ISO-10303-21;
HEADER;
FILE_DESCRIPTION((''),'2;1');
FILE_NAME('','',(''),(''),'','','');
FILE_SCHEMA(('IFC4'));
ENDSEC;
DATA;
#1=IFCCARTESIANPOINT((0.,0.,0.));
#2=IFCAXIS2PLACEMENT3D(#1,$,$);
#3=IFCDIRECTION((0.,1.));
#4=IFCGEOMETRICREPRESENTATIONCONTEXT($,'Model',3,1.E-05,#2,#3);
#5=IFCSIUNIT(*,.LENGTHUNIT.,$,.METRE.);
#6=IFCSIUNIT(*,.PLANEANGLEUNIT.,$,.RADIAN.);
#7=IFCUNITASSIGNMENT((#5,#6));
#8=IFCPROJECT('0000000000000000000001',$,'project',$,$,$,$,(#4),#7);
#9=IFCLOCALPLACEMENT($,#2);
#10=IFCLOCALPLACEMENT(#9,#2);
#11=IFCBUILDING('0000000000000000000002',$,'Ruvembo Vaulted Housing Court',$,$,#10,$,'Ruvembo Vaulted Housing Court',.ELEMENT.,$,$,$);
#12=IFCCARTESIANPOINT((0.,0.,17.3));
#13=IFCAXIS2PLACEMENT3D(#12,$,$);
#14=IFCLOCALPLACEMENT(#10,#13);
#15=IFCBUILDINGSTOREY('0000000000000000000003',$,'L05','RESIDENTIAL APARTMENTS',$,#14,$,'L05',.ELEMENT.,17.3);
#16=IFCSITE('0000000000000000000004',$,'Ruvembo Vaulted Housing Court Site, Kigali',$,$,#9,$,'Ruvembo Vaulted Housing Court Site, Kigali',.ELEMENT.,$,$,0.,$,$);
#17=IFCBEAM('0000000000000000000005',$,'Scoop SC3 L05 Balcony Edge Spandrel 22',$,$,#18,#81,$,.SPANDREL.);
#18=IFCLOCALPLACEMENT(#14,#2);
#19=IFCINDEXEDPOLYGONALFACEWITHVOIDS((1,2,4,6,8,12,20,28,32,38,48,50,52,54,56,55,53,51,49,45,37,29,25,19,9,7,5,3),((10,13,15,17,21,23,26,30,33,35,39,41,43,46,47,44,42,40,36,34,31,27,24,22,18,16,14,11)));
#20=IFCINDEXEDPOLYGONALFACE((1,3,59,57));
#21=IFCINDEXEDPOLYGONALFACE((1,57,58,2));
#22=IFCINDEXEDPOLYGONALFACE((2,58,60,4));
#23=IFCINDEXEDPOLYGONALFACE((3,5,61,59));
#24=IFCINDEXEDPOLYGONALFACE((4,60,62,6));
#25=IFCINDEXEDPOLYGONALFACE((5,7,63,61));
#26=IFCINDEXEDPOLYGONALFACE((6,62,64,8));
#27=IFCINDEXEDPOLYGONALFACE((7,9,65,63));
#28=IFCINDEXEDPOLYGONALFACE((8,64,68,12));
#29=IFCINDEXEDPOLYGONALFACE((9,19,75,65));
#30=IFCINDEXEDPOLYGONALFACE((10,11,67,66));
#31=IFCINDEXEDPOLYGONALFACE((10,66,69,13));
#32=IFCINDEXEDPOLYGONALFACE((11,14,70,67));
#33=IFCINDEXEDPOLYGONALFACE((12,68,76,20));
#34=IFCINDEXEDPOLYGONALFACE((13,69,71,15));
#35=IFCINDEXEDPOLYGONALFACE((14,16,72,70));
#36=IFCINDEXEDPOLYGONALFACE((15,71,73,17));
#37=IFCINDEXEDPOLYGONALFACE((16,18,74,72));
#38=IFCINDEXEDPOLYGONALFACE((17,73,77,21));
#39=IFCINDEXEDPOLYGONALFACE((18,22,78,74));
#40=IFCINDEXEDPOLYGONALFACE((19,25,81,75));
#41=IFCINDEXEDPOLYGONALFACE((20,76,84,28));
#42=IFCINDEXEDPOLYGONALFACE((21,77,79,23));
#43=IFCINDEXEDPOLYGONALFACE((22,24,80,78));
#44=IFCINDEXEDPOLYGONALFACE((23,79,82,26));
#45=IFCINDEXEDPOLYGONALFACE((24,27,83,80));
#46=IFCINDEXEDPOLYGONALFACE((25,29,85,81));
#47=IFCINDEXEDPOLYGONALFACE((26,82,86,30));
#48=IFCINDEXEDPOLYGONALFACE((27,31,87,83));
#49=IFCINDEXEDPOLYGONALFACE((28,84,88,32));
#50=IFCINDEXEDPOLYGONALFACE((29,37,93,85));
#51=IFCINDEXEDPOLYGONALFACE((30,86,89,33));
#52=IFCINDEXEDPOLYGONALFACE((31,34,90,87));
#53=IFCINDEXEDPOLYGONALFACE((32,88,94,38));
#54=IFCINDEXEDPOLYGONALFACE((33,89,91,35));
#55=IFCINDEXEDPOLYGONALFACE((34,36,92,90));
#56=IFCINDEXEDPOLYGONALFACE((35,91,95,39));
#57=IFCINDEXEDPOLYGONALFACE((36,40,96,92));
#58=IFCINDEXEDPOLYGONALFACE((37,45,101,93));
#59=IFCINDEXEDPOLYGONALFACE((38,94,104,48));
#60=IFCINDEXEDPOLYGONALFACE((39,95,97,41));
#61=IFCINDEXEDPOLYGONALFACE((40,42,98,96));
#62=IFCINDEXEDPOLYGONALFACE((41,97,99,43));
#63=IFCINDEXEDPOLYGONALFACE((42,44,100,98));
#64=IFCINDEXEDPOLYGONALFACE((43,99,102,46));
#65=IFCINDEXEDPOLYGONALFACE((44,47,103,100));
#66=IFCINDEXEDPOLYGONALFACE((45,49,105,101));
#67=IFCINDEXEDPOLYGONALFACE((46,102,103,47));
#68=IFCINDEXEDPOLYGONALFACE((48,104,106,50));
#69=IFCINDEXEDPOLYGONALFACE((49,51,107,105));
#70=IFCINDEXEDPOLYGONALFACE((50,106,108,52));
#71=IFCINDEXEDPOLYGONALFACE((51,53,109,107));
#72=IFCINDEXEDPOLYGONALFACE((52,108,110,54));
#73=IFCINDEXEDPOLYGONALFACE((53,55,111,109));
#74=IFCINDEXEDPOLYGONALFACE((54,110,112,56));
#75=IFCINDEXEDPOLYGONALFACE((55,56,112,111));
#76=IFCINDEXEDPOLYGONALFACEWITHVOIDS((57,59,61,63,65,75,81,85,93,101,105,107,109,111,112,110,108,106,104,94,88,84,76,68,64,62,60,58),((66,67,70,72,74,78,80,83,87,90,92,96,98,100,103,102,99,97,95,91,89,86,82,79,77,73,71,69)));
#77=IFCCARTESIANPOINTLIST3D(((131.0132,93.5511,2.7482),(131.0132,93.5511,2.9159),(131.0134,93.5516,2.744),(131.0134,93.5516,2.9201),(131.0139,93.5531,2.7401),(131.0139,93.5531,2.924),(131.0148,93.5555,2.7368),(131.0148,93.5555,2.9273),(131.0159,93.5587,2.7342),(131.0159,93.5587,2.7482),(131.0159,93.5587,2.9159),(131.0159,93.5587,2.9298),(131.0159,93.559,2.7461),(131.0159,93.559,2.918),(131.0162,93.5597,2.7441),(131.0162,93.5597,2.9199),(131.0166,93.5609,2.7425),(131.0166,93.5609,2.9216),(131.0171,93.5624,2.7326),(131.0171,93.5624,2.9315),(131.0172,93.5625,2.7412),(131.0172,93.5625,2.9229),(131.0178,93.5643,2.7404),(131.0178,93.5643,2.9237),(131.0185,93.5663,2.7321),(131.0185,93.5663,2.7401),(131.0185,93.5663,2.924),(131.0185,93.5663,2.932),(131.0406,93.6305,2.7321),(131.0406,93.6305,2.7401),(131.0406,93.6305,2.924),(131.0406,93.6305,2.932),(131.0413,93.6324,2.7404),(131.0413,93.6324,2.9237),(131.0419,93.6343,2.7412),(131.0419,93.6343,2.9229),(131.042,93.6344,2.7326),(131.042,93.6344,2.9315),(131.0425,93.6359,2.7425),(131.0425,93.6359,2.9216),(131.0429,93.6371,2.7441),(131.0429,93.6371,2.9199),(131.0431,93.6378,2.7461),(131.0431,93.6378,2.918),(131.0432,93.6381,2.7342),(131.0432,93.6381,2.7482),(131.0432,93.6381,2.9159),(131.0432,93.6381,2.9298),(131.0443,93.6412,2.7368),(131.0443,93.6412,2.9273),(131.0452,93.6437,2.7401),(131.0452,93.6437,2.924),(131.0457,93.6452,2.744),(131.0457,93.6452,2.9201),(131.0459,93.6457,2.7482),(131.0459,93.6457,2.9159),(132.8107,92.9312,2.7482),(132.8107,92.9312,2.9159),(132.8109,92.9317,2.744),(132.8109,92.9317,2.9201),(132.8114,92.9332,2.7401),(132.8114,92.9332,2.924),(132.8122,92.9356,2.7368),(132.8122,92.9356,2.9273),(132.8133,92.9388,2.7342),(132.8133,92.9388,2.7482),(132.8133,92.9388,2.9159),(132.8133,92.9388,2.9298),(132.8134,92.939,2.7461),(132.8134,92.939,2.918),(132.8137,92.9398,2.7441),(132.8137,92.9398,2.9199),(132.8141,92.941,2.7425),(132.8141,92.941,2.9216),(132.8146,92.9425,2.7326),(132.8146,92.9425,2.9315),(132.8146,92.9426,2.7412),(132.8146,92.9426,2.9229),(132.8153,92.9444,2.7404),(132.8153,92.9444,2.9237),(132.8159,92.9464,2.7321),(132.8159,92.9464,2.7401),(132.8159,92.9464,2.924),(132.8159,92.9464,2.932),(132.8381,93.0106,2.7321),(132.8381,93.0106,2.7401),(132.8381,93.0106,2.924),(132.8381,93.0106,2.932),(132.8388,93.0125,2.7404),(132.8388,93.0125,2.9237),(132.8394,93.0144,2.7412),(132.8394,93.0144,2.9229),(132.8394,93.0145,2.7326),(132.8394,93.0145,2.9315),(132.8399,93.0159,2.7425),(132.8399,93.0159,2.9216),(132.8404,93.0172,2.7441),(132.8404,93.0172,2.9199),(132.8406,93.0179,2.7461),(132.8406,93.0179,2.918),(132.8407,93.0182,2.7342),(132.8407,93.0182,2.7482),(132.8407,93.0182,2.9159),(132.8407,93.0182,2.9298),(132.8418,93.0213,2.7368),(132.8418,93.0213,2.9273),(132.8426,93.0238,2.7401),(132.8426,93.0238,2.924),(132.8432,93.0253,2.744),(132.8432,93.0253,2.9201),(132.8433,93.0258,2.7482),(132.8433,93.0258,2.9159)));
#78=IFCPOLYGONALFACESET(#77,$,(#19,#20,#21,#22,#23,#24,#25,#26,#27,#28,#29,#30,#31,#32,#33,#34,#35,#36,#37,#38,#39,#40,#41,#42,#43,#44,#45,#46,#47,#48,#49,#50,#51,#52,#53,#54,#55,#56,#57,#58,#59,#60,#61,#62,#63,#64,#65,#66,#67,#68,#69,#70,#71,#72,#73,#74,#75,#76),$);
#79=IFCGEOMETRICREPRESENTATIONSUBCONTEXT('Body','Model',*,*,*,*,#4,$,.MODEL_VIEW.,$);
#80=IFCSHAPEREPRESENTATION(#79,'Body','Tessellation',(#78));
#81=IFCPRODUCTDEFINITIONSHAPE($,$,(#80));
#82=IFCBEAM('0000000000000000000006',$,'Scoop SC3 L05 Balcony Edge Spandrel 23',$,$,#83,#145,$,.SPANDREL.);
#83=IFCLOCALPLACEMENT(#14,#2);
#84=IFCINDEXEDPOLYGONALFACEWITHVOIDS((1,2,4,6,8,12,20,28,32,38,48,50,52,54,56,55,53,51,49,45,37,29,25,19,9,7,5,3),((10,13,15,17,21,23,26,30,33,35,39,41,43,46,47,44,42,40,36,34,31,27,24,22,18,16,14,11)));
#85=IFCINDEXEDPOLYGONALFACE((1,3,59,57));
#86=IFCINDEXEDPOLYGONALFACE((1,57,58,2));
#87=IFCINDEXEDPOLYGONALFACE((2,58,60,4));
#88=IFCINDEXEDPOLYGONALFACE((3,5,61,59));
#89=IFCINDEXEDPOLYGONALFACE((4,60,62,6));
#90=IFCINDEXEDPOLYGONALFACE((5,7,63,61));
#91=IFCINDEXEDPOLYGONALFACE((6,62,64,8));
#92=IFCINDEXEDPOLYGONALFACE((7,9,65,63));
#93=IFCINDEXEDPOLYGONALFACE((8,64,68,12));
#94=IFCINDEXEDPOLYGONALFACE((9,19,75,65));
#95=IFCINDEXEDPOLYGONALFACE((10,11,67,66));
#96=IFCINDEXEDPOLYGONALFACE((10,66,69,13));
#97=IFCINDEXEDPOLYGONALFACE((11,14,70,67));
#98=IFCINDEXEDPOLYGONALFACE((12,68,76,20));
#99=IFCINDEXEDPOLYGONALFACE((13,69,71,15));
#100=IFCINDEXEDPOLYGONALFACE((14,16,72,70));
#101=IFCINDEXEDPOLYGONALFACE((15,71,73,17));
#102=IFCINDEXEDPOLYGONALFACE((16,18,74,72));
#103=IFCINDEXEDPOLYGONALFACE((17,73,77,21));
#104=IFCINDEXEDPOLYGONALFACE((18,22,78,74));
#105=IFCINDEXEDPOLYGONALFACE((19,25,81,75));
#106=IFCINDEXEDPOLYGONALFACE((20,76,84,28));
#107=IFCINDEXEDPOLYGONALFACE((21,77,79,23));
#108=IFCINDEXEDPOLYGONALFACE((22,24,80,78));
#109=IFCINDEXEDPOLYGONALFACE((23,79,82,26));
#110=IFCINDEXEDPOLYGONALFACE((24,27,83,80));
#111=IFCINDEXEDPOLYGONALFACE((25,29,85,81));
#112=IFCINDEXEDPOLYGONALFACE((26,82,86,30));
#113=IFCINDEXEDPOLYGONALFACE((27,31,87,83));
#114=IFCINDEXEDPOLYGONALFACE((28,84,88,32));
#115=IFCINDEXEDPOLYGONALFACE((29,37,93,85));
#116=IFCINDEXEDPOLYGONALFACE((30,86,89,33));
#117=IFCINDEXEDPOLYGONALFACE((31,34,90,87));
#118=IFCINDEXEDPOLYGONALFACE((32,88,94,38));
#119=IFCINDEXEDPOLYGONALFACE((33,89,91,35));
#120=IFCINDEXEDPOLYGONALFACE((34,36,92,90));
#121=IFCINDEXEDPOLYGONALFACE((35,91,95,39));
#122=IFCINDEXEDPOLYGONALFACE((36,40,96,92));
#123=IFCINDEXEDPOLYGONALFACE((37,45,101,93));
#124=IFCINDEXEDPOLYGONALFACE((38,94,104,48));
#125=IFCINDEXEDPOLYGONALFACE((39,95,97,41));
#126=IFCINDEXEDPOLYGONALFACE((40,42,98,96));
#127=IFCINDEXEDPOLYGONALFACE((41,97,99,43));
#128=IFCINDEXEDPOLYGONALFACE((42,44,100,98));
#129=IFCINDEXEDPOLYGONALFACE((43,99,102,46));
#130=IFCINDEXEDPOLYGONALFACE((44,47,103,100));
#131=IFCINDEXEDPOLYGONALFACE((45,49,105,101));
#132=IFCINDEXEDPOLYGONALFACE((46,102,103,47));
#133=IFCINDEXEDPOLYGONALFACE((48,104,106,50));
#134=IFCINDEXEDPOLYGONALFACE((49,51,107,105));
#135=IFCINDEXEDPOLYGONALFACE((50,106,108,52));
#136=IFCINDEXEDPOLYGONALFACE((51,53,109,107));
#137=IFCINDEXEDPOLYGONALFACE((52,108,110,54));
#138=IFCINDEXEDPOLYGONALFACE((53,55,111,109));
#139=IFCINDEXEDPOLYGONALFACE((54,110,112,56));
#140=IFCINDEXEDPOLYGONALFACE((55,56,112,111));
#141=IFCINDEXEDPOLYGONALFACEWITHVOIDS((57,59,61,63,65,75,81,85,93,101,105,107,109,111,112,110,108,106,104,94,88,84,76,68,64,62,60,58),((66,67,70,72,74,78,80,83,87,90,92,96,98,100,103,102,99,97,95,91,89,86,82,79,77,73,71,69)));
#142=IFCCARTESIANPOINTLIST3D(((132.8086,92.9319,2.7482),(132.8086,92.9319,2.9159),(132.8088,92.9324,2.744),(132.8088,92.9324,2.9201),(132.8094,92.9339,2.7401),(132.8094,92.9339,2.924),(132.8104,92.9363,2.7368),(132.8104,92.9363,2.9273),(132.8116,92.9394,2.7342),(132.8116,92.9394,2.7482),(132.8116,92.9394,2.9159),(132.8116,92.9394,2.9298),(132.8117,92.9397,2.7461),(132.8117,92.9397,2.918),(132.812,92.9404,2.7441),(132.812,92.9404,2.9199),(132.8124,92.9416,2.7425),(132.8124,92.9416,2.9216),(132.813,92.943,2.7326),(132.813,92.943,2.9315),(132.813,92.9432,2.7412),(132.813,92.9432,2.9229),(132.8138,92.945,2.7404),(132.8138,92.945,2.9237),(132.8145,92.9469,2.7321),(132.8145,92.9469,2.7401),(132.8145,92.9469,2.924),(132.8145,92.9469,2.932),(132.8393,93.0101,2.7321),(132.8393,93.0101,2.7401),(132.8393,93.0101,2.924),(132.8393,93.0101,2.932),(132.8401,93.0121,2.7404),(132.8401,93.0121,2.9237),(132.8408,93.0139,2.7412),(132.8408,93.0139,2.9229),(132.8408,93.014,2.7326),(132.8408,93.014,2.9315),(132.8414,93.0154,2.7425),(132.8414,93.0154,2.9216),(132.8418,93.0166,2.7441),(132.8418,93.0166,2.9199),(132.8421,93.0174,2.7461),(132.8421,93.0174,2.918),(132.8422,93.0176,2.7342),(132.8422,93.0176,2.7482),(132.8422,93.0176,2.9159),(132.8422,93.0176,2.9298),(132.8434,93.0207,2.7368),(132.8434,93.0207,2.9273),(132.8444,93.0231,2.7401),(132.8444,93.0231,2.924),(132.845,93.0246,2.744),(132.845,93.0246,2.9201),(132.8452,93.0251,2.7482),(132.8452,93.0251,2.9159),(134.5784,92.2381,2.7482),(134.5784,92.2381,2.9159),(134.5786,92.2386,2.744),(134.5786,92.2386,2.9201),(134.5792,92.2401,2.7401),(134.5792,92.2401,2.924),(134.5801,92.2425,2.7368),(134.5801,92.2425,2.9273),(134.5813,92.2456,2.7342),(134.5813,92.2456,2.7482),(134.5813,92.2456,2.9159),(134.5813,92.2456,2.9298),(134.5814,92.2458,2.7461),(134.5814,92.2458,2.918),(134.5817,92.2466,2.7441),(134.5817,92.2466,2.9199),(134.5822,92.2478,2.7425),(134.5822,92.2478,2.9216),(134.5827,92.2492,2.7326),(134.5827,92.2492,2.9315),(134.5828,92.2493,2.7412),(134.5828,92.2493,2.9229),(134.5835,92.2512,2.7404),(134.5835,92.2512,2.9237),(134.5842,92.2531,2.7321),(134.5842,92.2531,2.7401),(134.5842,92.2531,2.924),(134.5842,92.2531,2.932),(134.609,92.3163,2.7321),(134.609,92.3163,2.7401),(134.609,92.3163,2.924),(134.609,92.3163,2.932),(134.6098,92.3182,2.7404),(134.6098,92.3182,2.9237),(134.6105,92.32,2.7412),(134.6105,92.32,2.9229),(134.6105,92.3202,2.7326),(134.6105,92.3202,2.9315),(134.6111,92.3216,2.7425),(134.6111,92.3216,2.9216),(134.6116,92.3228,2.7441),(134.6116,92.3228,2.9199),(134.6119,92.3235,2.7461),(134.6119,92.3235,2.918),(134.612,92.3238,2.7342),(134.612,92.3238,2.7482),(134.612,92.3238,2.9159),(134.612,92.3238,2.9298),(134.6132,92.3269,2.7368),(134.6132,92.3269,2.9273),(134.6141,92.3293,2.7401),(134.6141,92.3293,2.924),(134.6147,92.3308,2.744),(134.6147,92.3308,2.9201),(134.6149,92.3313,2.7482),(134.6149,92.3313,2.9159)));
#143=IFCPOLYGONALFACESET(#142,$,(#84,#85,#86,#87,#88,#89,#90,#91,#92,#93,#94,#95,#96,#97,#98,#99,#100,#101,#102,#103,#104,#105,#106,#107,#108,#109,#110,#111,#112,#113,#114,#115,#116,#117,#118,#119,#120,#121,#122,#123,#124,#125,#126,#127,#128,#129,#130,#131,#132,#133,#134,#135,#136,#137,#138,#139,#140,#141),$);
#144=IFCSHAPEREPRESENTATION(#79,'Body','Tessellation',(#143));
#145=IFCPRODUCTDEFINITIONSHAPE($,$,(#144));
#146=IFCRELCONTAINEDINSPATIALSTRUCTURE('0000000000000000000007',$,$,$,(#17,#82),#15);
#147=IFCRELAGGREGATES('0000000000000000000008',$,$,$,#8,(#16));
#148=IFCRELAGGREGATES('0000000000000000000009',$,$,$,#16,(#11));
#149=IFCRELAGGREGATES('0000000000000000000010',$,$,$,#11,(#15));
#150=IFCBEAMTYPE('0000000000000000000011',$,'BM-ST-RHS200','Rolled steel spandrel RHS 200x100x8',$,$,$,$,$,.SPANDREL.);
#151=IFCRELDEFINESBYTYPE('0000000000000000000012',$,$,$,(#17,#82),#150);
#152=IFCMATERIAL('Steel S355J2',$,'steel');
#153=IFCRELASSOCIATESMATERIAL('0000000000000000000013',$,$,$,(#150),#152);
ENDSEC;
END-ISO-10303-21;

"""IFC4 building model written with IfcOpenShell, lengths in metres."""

from ifc_helpers import new_model, si_unit, direction, frame, origin, origin_2d, place, context, subcontext, project, spatial, hollow_rectangle, extrude, material, material_profile, profile_set, type_object, element, save


model = new_model("IFC4")

# Units and contexts
model_context = context("Model", 3, precision=1e-05, world=origin(), true_north=direction((0.0, 1.0)))
body_context = subcontext(model_context, "Body", "Model", "MODEL_VIEW")
ifc_project = project(units=[si_unit("LENGTHUNIT", "METRE"), si_unit("PLANEANGLEUNIT", "RADIAN")], contexts=[model_context])

# Site, building, storey
site_placement = place(None, origin())
site = spatial("IfcSite", under=ifc_project, at=site_placement, Name="Ruvembo Vaulted Housing Court Site, Kigali", LongName="Ruvembo Vaulted Housing Court Site, Kigali", CompositionType="ELEMENT", RefElevation=0.0)
building_placement = place(site_placement, origin())
building = spatial("IfcBuilding", under=site, at=building_placement, Name="Ruvembo Vaulted Housing Court", LongName="Ruvembo Vaulted Housing Court", CompositionType="ELEMENT")
storey_placement = place(building_placement, frame((0.0, 0.0, 17.3)))
storey = spatial("IfcBuildingStorey", under=building, at=storey_placement, Name="L05", Description="RESIDENTIAL APARTMENTS", LongName="L05", CompositionType="ELEMENT", Elevation=17.3)

# Beams
ifc_material_1 = material(Name="Steel S355J2", Category="steel")
ifc_material_profile_1 = material_profile(ifc_material_1, hollow_rectangle(XDim=0.1001, YDim=0.2, WallThickness=0.0081, InnerFilletRadius=0.0081, OuterFilletRadius=0.0161, at=origin_2d()), Name="RHS 200x100x8")
ifc_profile_set_1 = profile_set([ifc_material_profile_1], Name="Steel S355J2")
beam_type = type_object("IfcBeamType", Name="BM-ST-RHS200", Description="Rolled steel spandrel RHS 200x100x8", PredefinedType="SPANDREL", material=ifc_profile_set_1)
beam_placement = place(storey_placement, frame((131.0295, 93.5984, 2.832), z_axis=(0.945358, -0.326034, 0.0), x_axis=(0.326034, 0.945358, 0.0)))
element("IfcBeam", 1, at=beam_placement, inside=storey, type_object=beam_type, Name="Scoop SC3 L05 Balcony Edge Spandrel 22", PredefinedType="SPANDREL", context=body_context, shape_type="SweptSolid", body=[
    extrude(hollow_rectangle(XDim=0.1001, YDim=0.2, WallThickness=0.0081, InnerFilletRadius=0.0081, OuterFilletRadius=0.0161, at=origin_2d()), origin(), (0.0, 0.0, 1.0), 1.9014),
])
for number, where, z_axis, x_axis, name in (
    (2, (132.8269, 92.9785, 2.832), (0.931006, -0.365005, 0.0), (0.365005, 0.931006, 0.0), "Scoop SC3 L05 Balcony Edge Spandrel 23"),
):
    element("IfcBeam", number, at=place(storey_placement, frame(where, z_axis=z_axis, x_axis=x_axis)), inside=storey, type_object=beam_type, Name=name, PredefinedType="SPANDREL", context=body_context, shape_type="SweptSolid", body=[
        extrude(hollow_rectangle(XDim=0.1001, YDim=0.2, WallThickness=0.0081, InnerFilletRadius=0.0081, OuterFilletRadius=0.0161, at=origin_2d()), origin(), (0.0, 0.0, 1.0), 1.9009),
    ])

save(model, "model.ifc")
